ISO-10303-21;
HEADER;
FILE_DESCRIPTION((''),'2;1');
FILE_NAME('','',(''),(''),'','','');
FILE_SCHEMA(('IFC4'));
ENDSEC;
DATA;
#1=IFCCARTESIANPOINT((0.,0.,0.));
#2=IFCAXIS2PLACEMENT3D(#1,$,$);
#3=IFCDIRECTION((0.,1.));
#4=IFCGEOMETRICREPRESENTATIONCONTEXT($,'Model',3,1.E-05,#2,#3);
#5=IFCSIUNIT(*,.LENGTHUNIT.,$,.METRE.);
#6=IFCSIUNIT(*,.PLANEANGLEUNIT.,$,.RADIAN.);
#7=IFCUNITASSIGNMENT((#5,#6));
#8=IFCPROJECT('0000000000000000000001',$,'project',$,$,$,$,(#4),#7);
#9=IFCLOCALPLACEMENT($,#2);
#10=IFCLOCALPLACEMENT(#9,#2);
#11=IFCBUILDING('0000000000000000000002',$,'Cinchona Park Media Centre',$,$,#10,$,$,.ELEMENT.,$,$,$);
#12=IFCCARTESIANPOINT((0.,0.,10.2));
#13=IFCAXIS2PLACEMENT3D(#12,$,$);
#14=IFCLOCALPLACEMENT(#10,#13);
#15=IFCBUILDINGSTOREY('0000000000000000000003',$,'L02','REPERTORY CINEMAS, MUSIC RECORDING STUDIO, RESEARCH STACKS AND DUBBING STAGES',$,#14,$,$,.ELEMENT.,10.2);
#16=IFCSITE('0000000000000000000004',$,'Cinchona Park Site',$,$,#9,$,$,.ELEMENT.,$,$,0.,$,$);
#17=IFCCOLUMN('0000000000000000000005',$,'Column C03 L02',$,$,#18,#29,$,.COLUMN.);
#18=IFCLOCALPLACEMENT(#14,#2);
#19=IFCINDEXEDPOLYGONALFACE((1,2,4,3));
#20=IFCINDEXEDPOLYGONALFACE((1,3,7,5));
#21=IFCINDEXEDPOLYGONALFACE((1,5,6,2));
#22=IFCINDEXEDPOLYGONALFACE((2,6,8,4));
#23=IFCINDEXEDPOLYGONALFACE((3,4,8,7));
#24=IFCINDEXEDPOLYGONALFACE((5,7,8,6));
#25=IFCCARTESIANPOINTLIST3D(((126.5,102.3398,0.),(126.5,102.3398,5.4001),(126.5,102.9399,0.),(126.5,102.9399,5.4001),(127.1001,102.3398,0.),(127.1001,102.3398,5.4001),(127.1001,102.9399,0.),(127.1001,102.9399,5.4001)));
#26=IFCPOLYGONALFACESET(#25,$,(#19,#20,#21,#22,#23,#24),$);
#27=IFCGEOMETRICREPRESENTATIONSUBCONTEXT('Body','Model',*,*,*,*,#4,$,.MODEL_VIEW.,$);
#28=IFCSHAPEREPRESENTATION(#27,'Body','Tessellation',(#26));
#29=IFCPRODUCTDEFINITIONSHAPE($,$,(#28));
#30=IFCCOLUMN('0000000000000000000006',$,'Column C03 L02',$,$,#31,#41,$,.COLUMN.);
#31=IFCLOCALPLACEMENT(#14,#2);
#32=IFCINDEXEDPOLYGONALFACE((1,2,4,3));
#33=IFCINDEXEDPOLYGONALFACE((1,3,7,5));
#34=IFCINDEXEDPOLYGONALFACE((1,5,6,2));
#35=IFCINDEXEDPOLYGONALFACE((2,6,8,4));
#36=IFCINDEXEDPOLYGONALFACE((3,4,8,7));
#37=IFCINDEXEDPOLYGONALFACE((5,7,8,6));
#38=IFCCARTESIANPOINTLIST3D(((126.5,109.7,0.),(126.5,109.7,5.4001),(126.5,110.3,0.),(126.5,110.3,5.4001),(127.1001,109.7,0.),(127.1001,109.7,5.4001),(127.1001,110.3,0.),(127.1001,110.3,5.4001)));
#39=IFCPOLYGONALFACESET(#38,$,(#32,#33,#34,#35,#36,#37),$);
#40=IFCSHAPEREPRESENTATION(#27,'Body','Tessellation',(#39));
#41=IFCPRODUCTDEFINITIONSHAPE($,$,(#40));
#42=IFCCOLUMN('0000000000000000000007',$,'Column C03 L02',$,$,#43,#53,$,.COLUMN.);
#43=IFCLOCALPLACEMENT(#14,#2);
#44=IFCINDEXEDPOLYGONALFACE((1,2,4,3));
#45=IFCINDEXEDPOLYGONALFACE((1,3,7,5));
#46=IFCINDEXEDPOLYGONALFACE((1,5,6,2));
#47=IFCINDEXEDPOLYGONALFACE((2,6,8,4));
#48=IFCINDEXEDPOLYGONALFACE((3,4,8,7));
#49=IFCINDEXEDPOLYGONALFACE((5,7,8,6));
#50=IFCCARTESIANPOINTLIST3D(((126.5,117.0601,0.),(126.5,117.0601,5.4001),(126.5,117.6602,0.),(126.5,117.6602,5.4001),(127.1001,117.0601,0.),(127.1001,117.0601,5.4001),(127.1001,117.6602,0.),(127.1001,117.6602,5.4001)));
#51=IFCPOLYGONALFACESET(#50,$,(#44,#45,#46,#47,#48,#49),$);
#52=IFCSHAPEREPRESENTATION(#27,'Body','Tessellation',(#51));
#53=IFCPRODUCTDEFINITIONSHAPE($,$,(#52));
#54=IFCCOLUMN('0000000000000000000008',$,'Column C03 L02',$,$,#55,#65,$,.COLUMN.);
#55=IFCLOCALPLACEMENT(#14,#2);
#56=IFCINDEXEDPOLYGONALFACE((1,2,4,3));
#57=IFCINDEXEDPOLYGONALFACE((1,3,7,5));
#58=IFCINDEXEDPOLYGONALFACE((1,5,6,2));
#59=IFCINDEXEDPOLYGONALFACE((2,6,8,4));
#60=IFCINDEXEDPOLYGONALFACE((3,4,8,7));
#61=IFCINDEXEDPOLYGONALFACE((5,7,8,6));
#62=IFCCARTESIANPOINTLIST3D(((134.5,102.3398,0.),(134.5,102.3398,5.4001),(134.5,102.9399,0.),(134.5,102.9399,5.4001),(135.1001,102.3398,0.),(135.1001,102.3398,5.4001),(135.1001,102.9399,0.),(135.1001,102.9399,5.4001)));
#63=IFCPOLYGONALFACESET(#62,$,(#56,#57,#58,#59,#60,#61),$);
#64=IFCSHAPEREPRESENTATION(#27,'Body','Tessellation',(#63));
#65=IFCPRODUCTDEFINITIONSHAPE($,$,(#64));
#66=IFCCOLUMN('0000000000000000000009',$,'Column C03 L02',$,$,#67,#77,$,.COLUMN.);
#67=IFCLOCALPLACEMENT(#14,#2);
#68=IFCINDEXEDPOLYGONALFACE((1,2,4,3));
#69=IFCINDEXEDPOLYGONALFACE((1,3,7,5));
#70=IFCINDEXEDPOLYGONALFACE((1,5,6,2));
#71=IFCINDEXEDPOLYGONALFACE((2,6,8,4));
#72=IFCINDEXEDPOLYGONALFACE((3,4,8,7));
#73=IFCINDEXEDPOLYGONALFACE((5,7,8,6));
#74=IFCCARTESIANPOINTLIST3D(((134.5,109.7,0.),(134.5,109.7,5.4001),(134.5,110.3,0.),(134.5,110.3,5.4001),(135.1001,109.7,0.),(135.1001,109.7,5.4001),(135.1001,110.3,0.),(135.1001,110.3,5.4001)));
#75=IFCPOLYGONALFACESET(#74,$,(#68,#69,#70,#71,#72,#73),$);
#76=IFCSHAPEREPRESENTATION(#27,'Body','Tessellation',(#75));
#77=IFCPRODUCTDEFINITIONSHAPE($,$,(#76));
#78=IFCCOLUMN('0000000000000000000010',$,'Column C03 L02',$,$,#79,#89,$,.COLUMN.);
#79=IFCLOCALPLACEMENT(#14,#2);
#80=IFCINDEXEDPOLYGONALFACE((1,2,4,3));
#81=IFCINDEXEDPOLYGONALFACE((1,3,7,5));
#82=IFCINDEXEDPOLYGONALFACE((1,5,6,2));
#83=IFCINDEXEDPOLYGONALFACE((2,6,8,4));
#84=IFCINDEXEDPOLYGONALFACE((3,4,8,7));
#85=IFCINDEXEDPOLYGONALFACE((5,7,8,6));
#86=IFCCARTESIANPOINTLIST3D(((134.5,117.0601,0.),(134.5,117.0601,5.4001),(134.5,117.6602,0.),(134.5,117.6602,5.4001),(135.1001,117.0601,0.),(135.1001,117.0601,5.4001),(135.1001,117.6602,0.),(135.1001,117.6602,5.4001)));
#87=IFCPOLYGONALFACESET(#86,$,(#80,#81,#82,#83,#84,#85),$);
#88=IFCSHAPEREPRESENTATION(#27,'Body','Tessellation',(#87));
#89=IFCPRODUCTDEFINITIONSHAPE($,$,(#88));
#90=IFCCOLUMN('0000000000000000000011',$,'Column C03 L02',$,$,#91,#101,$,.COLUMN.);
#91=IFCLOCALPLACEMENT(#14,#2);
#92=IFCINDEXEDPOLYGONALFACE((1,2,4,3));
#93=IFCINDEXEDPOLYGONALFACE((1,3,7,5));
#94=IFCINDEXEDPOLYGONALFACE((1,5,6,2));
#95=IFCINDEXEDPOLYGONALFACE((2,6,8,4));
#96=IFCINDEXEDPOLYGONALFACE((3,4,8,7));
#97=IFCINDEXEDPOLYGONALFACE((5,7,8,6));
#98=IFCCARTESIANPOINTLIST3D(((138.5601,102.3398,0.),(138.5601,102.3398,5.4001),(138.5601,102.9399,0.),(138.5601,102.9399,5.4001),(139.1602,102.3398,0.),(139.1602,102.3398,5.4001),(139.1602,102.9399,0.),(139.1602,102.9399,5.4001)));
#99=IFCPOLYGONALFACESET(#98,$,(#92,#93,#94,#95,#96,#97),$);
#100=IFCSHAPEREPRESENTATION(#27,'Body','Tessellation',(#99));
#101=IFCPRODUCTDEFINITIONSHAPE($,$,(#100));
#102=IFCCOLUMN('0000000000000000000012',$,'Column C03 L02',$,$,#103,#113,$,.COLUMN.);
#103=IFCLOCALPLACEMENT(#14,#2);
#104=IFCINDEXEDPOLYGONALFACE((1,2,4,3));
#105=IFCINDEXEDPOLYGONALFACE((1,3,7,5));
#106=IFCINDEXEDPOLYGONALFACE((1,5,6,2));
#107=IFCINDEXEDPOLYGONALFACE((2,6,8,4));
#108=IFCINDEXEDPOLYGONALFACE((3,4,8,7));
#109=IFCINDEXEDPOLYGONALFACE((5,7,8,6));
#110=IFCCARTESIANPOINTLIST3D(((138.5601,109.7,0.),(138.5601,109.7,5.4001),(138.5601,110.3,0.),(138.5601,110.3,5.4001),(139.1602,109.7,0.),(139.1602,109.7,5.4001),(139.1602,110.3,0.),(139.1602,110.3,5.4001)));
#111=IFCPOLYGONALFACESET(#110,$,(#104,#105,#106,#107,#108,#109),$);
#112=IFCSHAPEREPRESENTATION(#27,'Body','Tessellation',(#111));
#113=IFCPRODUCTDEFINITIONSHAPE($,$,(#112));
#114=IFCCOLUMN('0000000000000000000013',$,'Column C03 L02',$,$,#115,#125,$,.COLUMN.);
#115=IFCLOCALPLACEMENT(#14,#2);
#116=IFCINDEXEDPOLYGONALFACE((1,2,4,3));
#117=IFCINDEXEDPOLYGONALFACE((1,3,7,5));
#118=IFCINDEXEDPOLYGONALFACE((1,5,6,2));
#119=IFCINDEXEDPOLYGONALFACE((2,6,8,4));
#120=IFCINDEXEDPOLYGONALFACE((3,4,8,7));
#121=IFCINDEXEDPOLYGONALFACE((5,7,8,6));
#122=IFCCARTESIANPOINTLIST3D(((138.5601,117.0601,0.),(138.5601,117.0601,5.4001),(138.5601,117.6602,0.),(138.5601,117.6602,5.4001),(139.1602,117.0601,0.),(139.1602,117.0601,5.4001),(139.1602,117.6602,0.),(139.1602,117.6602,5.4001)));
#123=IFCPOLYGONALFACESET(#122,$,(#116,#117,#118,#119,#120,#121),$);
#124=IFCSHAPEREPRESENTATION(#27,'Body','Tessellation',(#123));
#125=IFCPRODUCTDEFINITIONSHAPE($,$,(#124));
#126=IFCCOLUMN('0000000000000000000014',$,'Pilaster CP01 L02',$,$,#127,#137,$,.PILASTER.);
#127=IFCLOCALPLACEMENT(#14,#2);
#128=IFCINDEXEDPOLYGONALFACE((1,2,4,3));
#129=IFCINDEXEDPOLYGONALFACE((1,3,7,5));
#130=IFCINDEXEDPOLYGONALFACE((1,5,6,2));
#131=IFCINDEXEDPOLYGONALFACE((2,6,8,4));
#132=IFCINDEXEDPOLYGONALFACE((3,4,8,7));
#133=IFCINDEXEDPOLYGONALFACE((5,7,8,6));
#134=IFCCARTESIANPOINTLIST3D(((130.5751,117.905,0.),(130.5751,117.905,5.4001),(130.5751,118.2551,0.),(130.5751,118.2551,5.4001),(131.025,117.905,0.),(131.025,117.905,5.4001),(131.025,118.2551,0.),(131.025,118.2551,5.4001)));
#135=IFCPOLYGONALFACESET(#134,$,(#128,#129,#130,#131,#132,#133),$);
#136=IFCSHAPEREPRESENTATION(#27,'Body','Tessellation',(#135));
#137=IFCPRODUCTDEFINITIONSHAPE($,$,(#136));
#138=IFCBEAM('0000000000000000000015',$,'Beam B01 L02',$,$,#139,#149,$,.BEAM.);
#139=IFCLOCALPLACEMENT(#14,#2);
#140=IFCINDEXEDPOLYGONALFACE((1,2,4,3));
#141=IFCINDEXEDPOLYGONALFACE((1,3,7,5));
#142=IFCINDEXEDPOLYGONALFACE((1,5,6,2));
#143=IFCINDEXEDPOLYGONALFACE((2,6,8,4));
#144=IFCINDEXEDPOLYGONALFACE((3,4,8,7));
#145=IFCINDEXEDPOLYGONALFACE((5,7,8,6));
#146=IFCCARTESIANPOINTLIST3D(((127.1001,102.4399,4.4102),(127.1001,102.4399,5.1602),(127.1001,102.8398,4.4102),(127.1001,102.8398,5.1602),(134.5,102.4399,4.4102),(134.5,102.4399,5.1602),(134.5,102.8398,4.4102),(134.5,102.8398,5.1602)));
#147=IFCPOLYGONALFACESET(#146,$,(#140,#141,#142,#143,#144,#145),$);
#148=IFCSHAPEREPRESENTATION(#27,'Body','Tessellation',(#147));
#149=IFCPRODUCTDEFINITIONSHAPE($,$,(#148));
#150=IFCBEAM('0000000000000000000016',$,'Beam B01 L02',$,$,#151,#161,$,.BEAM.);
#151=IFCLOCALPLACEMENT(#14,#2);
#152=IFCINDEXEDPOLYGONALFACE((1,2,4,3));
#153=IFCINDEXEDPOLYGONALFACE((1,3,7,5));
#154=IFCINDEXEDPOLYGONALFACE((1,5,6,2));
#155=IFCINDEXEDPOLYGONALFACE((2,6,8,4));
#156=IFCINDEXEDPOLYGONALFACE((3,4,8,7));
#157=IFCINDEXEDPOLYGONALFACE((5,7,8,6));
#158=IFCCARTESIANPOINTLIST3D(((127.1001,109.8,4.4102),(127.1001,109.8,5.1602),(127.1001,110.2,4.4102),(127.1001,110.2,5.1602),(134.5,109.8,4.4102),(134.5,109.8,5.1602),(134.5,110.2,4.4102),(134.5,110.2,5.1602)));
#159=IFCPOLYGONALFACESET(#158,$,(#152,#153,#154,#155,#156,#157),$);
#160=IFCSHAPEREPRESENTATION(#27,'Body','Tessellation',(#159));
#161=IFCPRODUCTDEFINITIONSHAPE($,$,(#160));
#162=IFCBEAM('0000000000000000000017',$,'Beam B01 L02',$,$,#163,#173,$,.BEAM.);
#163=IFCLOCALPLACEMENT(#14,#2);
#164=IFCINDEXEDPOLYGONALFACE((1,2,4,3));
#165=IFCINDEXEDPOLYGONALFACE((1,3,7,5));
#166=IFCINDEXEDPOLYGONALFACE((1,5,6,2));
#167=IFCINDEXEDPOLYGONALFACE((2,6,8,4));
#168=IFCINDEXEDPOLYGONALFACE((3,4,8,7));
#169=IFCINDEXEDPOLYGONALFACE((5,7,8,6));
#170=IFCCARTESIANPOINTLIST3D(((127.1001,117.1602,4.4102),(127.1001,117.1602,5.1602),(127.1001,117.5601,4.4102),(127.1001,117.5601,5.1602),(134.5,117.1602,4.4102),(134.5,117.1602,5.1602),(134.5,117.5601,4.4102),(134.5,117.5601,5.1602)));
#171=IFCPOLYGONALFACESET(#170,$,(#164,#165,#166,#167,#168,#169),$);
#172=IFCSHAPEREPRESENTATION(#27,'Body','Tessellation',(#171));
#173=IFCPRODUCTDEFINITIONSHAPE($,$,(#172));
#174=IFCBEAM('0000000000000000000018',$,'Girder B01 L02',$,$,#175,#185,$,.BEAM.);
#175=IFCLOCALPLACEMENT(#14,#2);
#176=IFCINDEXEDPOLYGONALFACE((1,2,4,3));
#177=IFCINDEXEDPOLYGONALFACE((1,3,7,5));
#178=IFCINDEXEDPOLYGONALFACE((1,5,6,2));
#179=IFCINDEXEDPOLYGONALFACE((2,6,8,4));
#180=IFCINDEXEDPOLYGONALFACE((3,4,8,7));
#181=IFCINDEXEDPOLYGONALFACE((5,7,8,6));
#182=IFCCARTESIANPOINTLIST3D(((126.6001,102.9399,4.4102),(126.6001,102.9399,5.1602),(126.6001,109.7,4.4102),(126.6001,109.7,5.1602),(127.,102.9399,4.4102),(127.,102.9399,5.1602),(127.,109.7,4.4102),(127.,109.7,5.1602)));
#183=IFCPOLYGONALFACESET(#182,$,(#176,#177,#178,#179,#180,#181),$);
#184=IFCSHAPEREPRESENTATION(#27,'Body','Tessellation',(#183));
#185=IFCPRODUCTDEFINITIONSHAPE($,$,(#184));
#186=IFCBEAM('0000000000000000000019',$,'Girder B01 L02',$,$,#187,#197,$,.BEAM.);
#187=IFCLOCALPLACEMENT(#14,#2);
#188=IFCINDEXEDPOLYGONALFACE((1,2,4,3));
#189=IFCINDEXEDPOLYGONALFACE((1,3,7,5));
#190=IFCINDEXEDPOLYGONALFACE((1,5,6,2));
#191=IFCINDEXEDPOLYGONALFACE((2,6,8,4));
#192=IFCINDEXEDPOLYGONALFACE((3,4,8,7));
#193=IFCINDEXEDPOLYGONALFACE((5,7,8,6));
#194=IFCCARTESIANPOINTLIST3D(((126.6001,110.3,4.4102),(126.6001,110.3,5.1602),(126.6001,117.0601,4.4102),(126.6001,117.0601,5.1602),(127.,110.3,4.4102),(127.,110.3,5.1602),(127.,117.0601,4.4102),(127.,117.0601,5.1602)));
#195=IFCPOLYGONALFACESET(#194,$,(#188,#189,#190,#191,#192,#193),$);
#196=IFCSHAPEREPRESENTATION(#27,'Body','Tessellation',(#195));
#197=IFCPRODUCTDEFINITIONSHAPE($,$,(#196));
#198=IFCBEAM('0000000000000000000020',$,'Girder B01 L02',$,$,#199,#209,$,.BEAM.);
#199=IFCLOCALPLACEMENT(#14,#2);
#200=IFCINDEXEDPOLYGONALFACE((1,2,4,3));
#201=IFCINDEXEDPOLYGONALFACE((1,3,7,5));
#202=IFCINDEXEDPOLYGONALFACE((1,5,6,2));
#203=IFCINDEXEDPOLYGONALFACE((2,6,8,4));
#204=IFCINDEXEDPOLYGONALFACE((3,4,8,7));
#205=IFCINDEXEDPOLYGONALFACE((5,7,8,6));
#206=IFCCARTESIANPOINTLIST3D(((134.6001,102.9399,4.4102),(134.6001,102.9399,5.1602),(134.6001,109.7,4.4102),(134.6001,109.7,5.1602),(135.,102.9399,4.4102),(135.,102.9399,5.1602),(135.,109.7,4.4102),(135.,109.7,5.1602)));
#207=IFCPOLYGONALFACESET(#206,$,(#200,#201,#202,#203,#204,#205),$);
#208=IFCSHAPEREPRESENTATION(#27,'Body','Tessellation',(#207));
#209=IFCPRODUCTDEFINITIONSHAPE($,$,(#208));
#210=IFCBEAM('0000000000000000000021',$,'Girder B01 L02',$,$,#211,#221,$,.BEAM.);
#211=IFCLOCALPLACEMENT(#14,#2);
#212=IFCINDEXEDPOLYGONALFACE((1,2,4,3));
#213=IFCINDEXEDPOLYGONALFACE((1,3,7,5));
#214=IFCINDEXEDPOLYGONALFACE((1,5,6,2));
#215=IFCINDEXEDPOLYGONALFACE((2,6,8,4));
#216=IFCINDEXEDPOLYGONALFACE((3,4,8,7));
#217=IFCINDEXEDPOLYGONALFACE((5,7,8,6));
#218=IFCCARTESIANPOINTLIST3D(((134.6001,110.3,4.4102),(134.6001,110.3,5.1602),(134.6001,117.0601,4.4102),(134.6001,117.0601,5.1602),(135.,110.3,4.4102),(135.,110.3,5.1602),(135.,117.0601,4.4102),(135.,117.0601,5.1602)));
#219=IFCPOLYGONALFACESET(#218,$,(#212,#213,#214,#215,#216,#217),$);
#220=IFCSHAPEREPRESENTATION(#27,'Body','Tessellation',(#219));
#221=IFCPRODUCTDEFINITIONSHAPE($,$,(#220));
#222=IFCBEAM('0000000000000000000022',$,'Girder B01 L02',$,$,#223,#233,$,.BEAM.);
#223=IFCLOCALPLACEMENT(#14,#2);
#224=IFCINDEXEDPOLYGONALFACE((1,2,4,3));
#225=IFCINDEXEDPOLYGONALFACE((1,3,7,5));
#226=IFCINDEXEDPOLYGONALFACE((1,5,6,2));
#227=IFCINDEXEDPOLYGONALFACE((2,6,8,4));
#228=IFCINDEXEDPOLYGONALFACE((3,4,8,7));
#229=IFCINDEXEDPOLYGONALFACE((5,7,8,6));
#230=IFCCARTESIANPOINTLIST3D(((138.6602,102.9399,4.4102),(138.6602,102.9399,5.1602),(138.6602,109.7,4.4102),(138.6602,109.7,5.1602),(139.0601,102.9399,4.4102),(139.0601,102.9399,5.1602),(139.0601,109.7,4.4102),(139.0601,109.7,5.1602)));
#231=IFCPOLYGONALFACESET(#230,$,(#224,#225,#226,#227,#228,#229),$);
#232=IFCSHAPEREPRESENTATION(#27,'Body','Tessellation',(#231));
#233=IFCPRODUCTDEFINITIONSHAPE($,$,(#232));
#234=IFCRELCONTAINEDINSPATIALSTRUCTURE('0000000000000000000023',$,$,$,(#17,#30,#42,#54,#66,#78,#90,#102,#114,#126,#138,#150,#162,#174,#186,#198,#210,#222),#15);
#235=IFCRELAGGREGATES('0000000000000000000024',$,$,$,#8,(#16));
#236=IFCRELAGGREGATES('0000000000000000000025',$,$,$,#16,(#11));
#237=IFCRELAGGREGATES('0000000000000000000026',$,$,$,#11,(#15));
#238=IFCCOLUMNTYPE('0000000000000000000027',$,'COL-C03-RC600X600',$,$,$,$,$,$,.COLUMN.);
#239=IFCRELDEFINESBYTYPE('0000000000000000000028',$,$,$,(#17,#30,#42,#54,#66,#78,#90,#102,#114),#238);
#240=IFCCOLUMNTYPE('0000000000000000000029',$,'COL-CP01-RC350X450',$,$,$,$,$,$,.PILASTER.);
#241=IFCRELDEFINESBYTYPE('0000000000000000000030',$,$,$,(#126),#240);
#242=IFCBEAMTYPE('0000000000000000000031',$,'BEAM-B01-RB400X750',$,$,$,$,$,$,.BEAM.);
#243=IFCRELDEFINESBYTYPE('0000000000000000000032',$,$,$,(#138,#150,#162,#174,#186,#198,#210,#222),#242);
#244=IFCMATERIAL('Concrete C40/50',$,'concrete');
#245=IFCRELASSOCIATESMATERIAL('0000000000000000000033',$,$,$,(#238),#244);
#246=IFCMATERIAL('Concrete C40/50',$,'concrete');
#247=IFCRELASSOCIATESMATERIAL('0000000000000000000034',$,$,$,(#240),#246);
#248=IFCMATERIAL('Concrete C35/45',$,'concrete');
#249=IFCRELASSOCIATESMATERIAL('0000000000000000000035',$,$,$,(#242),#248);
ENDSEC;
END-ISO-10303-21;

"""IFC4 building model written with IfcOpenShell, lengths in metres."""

from ifc_helpers import new_model, si_unit, direction, frame, origin, origin_2d, place, context, subcontext, project, spatial, rectangle, extrude, material, material_profile, profile_set, type_object, element, save


model = new_model("IFC4")

# Units and contexts
model_context = context("Model", 3, precision=1e-05, world=origin(), true_north=direction((0.0, 1.0)))
body_context = subcontext(model_context, "Body", "Model", "MODEL_VIEW")
ifc_project = project(units=[si_unit("LENGTHUNIT", "METRE"), si_unit("PLANEANGLEUNIT", "RADIAN")], contexts=[model_context])

# Site, building, storey
site_placement = place(None, origin())
site = spatial("IfcSite", under=ifc_project, at=site_placement, Name="Cinchona Park Site", CompositionType="ELEMENT", RefElevation=0.0)
building_placement = place(site_placement, origin())
building = spatial("IfcBuilding", under=site, at=building_placement, Name="Cinchona Park Media Centre", CompositionType="ELEMENT")
storey_placement = place(building_placement, frame((0.0, 0.0, 10.2)))
storey = spatial("IfcBuildingStorey", under=building, at=storey_placement, Name="L02", Description="REPERTORY CINEMAS, MUSIC RECORDING STUDIO, RESEARCH STACKS AND DUBBING STAGES", CompositionType="ELEMENT", Elevation=10.2)

# Columns
ifc_material_1 = material(Name="Concrete C40/50", Category="concrete")
ifc_material_profile_1 = material_profile(ifc_material_1, rectangle(XDim=0.6001, YDim=0.6001, at=origin_2d()), Name="RC 600X600")
ifc_profile_set_1 = profile_set([ifc_material_profile_1], Name="Concrete C40/50")
column_type_1 = type_object("IfcColumnType", Name="COL-C03-RC600X600", PredefinedType="COLUMN", material=ifc_profile_set_1)
for number, where, z_axis, x_axis, name in (
    (1, (126.8, 102.6399, 0.0), (0.0, 0.0, 1.0), (1.0, 0.0, 0.0), "Column C03 L02"),
    (2, (126.8, 110.0, 0.0), (0.0, 0.0, 1.0), (1.0, 0.0, 0.0), "Column C03 L02"),
    (3, (126.8, 117.3601, 0.0), (0.0, 0.0, 1.0), (1.0, 0.0, 0.0), "Column C03 L02"),
    (4, (134.8, 102.6399, 0.0), (0.0, 0.0, 1.0), (1.0, 0.0, 0.0), "Column C03 L02"),
    (5, (134.8, 110.0, 0.0), (0.0, 0.0, 1.0), (1.0, 0.0, 0.0), "Column C03 L02"),
    (6, (134.8, 117.3601, 0.0), (0.0, 0.0, 1.0), (1.0, 0.0, 0.0), "Column C03 L02"),
    (7, (138.8601, 102.6399, 0.0), (0.0, 0.0, 1.0), (1.0, 0.0, 0.0), "Column C03 L02"),
    (8, (138.8601, 110.0, 0.0), (0.0, 0.0, 1.0), (1.0, 0.0, 0.0), "Column C03 L02"),
    (9, (138.8601, 117.3601, 0.0), (0.0, 0.0, 1.0), (1.0, 0.0, 0.0), "Column C03 L02"),
):
    element("IfcColumn", number, at=place(storey_placement, frame(where, z_axis=z_axis, x_axis=x_axis)), inside=storey, type_object=column_type_1, Name=name, PredefinedType="COLUMN", context=body_context, shape_type="SweptSolid", body=[
        extrude(rectangle(XDim=0.6001, YDim=0.6001, at=origin_2d()), origin(), (0.0, 0.0, 1.0), 5.4001),
    ])
ifc_material_2 = material(Name="Concrete C40/50", Category="concrete")
ifc_material_profile_2 = material_profile(ifc_material_2, rectangle(XDim=0.3501, YDim=0.45, at=origin_2d()), Name="RC 350X450")
ifc_profile_set_2 = profile_set([ifc_material_profile_2], Name="Concrete C40/50")
column_type_2 = type_object("IfcColumnType", Name="COL-CP01-RC350X450", PredefinedType="PILASTER", material=ifc_profile_set_2)
column_placement = place(storey_placement, frame((130.8, 118.0801, 0.0), z_axis=(0.0, 0.0, 1.0), x_axis=(0.0, 1.0, 0.0)))
element("IfcColumn", 10, at=column_placement, inside=storey, type_object=column_type_2, Name="Pilaster CP01 L02", PredefinedType="PILASTER", context=body_context, shape_type="SweptSolid", body=[
    extrude(rectangle(XDim=0.3501, YDim=0.45, at=origin_2d()), origin(), (0.0, 0.0, 1.0), 5.4001),
])

# Beams
ifc_material_3 = material(Name="Concrete C35/45", Category="concrete")
ifc_material_profile_3 = material_profile(ifc_material_3, rectangle(XDim=0.3999, YDim=0.75, at=origin_2d()), Name="RB 400X750")
ifc_profile_set_3 = profile_set([ifc_material_profile_3], Name="Concrete C35/45")
beam_type_1 = type_object("IfcBeamType", Name="BEAM-B01-RB400X750", PredefinedType="BEAM", material=ifc_profile_set_3)
for number, where, z_axis, x_axis, name in (
    (11, (127.1001, 102.6399, 4.7852), (1.0, 0.0, 0.0), (0.0, 1.0, 0.0), "Beam B01 L02"),
    (12, (127.1001, 110.0, 4.7852), (1.0, 0.0, 0.0), (0.0, 1.0, 0.0), "Beam B01 L02"),
    (13, (127.1001, 117.3601, 4.7852), (1.0, 0.0, 0.0), (0.0, 1.0, 0.0), "Beam B01 L02"),
):
    element("IfcBeam", number, at=place(storey_placement, frame(where, z_axis=z_axis, x_axis=x_axis)), inside=storey, type_object=beam_type_1, Name=name, PredefinedType="BEAM", context=body_context, shape_type="SweptSolid", body=[
        extrude(rectangle(XDim=0.3999, YDim=0.75, at=origin_2d()), origin(), (0.0, 0.0, 1.0), 7.3999),
    ])
for number, where, z_axis, x_axis, name in (
    (14, (126.8, 102.9399, 4.7852), (0.0, 1.0, 0.0), (-1.0, 0.0, 0.0), "Girder B01 L02"),
    (15, (126.8, 110.3, 4.7852), (0.0, 1.0, 0.0), (-1.0, 0.0, 0.0), "Girder B01 L02"),
    (16, (134.8, 102.9399, 4.7852), (0.0, 1.0, 0.0), (-1.0, 0.0, 0.0), "Girder B01 L02"),
    (17, (134.8, 110.3, 4.7852), (0.0, 1.0, 0.0), (-1.0, 0.0, 0.0), "Girder B01 L02"),
    (18, (138.8601, 102.9399, 4.7852), (0.0, 1.0, 0.0), (-1.0, 0.0, 0.0), "Girder B01 L02"),
):
    element("IfcBeam", number, at=place(storey_placement, frame(where, z_axis=z_axis, x_axis=x_axis)), inside=storey, type_object=beam_type_1, Name=name, PredefinedType="BEAM", context=body_context, shape_type="SweptSolid", body=[
        extrude(rectangle(XDim=0.3999, YDim=0.75, at=origin_2d()), origin(), (0.0, 0.0, 1.0), 6.76),
    ])

save(model, "model.ifc")
